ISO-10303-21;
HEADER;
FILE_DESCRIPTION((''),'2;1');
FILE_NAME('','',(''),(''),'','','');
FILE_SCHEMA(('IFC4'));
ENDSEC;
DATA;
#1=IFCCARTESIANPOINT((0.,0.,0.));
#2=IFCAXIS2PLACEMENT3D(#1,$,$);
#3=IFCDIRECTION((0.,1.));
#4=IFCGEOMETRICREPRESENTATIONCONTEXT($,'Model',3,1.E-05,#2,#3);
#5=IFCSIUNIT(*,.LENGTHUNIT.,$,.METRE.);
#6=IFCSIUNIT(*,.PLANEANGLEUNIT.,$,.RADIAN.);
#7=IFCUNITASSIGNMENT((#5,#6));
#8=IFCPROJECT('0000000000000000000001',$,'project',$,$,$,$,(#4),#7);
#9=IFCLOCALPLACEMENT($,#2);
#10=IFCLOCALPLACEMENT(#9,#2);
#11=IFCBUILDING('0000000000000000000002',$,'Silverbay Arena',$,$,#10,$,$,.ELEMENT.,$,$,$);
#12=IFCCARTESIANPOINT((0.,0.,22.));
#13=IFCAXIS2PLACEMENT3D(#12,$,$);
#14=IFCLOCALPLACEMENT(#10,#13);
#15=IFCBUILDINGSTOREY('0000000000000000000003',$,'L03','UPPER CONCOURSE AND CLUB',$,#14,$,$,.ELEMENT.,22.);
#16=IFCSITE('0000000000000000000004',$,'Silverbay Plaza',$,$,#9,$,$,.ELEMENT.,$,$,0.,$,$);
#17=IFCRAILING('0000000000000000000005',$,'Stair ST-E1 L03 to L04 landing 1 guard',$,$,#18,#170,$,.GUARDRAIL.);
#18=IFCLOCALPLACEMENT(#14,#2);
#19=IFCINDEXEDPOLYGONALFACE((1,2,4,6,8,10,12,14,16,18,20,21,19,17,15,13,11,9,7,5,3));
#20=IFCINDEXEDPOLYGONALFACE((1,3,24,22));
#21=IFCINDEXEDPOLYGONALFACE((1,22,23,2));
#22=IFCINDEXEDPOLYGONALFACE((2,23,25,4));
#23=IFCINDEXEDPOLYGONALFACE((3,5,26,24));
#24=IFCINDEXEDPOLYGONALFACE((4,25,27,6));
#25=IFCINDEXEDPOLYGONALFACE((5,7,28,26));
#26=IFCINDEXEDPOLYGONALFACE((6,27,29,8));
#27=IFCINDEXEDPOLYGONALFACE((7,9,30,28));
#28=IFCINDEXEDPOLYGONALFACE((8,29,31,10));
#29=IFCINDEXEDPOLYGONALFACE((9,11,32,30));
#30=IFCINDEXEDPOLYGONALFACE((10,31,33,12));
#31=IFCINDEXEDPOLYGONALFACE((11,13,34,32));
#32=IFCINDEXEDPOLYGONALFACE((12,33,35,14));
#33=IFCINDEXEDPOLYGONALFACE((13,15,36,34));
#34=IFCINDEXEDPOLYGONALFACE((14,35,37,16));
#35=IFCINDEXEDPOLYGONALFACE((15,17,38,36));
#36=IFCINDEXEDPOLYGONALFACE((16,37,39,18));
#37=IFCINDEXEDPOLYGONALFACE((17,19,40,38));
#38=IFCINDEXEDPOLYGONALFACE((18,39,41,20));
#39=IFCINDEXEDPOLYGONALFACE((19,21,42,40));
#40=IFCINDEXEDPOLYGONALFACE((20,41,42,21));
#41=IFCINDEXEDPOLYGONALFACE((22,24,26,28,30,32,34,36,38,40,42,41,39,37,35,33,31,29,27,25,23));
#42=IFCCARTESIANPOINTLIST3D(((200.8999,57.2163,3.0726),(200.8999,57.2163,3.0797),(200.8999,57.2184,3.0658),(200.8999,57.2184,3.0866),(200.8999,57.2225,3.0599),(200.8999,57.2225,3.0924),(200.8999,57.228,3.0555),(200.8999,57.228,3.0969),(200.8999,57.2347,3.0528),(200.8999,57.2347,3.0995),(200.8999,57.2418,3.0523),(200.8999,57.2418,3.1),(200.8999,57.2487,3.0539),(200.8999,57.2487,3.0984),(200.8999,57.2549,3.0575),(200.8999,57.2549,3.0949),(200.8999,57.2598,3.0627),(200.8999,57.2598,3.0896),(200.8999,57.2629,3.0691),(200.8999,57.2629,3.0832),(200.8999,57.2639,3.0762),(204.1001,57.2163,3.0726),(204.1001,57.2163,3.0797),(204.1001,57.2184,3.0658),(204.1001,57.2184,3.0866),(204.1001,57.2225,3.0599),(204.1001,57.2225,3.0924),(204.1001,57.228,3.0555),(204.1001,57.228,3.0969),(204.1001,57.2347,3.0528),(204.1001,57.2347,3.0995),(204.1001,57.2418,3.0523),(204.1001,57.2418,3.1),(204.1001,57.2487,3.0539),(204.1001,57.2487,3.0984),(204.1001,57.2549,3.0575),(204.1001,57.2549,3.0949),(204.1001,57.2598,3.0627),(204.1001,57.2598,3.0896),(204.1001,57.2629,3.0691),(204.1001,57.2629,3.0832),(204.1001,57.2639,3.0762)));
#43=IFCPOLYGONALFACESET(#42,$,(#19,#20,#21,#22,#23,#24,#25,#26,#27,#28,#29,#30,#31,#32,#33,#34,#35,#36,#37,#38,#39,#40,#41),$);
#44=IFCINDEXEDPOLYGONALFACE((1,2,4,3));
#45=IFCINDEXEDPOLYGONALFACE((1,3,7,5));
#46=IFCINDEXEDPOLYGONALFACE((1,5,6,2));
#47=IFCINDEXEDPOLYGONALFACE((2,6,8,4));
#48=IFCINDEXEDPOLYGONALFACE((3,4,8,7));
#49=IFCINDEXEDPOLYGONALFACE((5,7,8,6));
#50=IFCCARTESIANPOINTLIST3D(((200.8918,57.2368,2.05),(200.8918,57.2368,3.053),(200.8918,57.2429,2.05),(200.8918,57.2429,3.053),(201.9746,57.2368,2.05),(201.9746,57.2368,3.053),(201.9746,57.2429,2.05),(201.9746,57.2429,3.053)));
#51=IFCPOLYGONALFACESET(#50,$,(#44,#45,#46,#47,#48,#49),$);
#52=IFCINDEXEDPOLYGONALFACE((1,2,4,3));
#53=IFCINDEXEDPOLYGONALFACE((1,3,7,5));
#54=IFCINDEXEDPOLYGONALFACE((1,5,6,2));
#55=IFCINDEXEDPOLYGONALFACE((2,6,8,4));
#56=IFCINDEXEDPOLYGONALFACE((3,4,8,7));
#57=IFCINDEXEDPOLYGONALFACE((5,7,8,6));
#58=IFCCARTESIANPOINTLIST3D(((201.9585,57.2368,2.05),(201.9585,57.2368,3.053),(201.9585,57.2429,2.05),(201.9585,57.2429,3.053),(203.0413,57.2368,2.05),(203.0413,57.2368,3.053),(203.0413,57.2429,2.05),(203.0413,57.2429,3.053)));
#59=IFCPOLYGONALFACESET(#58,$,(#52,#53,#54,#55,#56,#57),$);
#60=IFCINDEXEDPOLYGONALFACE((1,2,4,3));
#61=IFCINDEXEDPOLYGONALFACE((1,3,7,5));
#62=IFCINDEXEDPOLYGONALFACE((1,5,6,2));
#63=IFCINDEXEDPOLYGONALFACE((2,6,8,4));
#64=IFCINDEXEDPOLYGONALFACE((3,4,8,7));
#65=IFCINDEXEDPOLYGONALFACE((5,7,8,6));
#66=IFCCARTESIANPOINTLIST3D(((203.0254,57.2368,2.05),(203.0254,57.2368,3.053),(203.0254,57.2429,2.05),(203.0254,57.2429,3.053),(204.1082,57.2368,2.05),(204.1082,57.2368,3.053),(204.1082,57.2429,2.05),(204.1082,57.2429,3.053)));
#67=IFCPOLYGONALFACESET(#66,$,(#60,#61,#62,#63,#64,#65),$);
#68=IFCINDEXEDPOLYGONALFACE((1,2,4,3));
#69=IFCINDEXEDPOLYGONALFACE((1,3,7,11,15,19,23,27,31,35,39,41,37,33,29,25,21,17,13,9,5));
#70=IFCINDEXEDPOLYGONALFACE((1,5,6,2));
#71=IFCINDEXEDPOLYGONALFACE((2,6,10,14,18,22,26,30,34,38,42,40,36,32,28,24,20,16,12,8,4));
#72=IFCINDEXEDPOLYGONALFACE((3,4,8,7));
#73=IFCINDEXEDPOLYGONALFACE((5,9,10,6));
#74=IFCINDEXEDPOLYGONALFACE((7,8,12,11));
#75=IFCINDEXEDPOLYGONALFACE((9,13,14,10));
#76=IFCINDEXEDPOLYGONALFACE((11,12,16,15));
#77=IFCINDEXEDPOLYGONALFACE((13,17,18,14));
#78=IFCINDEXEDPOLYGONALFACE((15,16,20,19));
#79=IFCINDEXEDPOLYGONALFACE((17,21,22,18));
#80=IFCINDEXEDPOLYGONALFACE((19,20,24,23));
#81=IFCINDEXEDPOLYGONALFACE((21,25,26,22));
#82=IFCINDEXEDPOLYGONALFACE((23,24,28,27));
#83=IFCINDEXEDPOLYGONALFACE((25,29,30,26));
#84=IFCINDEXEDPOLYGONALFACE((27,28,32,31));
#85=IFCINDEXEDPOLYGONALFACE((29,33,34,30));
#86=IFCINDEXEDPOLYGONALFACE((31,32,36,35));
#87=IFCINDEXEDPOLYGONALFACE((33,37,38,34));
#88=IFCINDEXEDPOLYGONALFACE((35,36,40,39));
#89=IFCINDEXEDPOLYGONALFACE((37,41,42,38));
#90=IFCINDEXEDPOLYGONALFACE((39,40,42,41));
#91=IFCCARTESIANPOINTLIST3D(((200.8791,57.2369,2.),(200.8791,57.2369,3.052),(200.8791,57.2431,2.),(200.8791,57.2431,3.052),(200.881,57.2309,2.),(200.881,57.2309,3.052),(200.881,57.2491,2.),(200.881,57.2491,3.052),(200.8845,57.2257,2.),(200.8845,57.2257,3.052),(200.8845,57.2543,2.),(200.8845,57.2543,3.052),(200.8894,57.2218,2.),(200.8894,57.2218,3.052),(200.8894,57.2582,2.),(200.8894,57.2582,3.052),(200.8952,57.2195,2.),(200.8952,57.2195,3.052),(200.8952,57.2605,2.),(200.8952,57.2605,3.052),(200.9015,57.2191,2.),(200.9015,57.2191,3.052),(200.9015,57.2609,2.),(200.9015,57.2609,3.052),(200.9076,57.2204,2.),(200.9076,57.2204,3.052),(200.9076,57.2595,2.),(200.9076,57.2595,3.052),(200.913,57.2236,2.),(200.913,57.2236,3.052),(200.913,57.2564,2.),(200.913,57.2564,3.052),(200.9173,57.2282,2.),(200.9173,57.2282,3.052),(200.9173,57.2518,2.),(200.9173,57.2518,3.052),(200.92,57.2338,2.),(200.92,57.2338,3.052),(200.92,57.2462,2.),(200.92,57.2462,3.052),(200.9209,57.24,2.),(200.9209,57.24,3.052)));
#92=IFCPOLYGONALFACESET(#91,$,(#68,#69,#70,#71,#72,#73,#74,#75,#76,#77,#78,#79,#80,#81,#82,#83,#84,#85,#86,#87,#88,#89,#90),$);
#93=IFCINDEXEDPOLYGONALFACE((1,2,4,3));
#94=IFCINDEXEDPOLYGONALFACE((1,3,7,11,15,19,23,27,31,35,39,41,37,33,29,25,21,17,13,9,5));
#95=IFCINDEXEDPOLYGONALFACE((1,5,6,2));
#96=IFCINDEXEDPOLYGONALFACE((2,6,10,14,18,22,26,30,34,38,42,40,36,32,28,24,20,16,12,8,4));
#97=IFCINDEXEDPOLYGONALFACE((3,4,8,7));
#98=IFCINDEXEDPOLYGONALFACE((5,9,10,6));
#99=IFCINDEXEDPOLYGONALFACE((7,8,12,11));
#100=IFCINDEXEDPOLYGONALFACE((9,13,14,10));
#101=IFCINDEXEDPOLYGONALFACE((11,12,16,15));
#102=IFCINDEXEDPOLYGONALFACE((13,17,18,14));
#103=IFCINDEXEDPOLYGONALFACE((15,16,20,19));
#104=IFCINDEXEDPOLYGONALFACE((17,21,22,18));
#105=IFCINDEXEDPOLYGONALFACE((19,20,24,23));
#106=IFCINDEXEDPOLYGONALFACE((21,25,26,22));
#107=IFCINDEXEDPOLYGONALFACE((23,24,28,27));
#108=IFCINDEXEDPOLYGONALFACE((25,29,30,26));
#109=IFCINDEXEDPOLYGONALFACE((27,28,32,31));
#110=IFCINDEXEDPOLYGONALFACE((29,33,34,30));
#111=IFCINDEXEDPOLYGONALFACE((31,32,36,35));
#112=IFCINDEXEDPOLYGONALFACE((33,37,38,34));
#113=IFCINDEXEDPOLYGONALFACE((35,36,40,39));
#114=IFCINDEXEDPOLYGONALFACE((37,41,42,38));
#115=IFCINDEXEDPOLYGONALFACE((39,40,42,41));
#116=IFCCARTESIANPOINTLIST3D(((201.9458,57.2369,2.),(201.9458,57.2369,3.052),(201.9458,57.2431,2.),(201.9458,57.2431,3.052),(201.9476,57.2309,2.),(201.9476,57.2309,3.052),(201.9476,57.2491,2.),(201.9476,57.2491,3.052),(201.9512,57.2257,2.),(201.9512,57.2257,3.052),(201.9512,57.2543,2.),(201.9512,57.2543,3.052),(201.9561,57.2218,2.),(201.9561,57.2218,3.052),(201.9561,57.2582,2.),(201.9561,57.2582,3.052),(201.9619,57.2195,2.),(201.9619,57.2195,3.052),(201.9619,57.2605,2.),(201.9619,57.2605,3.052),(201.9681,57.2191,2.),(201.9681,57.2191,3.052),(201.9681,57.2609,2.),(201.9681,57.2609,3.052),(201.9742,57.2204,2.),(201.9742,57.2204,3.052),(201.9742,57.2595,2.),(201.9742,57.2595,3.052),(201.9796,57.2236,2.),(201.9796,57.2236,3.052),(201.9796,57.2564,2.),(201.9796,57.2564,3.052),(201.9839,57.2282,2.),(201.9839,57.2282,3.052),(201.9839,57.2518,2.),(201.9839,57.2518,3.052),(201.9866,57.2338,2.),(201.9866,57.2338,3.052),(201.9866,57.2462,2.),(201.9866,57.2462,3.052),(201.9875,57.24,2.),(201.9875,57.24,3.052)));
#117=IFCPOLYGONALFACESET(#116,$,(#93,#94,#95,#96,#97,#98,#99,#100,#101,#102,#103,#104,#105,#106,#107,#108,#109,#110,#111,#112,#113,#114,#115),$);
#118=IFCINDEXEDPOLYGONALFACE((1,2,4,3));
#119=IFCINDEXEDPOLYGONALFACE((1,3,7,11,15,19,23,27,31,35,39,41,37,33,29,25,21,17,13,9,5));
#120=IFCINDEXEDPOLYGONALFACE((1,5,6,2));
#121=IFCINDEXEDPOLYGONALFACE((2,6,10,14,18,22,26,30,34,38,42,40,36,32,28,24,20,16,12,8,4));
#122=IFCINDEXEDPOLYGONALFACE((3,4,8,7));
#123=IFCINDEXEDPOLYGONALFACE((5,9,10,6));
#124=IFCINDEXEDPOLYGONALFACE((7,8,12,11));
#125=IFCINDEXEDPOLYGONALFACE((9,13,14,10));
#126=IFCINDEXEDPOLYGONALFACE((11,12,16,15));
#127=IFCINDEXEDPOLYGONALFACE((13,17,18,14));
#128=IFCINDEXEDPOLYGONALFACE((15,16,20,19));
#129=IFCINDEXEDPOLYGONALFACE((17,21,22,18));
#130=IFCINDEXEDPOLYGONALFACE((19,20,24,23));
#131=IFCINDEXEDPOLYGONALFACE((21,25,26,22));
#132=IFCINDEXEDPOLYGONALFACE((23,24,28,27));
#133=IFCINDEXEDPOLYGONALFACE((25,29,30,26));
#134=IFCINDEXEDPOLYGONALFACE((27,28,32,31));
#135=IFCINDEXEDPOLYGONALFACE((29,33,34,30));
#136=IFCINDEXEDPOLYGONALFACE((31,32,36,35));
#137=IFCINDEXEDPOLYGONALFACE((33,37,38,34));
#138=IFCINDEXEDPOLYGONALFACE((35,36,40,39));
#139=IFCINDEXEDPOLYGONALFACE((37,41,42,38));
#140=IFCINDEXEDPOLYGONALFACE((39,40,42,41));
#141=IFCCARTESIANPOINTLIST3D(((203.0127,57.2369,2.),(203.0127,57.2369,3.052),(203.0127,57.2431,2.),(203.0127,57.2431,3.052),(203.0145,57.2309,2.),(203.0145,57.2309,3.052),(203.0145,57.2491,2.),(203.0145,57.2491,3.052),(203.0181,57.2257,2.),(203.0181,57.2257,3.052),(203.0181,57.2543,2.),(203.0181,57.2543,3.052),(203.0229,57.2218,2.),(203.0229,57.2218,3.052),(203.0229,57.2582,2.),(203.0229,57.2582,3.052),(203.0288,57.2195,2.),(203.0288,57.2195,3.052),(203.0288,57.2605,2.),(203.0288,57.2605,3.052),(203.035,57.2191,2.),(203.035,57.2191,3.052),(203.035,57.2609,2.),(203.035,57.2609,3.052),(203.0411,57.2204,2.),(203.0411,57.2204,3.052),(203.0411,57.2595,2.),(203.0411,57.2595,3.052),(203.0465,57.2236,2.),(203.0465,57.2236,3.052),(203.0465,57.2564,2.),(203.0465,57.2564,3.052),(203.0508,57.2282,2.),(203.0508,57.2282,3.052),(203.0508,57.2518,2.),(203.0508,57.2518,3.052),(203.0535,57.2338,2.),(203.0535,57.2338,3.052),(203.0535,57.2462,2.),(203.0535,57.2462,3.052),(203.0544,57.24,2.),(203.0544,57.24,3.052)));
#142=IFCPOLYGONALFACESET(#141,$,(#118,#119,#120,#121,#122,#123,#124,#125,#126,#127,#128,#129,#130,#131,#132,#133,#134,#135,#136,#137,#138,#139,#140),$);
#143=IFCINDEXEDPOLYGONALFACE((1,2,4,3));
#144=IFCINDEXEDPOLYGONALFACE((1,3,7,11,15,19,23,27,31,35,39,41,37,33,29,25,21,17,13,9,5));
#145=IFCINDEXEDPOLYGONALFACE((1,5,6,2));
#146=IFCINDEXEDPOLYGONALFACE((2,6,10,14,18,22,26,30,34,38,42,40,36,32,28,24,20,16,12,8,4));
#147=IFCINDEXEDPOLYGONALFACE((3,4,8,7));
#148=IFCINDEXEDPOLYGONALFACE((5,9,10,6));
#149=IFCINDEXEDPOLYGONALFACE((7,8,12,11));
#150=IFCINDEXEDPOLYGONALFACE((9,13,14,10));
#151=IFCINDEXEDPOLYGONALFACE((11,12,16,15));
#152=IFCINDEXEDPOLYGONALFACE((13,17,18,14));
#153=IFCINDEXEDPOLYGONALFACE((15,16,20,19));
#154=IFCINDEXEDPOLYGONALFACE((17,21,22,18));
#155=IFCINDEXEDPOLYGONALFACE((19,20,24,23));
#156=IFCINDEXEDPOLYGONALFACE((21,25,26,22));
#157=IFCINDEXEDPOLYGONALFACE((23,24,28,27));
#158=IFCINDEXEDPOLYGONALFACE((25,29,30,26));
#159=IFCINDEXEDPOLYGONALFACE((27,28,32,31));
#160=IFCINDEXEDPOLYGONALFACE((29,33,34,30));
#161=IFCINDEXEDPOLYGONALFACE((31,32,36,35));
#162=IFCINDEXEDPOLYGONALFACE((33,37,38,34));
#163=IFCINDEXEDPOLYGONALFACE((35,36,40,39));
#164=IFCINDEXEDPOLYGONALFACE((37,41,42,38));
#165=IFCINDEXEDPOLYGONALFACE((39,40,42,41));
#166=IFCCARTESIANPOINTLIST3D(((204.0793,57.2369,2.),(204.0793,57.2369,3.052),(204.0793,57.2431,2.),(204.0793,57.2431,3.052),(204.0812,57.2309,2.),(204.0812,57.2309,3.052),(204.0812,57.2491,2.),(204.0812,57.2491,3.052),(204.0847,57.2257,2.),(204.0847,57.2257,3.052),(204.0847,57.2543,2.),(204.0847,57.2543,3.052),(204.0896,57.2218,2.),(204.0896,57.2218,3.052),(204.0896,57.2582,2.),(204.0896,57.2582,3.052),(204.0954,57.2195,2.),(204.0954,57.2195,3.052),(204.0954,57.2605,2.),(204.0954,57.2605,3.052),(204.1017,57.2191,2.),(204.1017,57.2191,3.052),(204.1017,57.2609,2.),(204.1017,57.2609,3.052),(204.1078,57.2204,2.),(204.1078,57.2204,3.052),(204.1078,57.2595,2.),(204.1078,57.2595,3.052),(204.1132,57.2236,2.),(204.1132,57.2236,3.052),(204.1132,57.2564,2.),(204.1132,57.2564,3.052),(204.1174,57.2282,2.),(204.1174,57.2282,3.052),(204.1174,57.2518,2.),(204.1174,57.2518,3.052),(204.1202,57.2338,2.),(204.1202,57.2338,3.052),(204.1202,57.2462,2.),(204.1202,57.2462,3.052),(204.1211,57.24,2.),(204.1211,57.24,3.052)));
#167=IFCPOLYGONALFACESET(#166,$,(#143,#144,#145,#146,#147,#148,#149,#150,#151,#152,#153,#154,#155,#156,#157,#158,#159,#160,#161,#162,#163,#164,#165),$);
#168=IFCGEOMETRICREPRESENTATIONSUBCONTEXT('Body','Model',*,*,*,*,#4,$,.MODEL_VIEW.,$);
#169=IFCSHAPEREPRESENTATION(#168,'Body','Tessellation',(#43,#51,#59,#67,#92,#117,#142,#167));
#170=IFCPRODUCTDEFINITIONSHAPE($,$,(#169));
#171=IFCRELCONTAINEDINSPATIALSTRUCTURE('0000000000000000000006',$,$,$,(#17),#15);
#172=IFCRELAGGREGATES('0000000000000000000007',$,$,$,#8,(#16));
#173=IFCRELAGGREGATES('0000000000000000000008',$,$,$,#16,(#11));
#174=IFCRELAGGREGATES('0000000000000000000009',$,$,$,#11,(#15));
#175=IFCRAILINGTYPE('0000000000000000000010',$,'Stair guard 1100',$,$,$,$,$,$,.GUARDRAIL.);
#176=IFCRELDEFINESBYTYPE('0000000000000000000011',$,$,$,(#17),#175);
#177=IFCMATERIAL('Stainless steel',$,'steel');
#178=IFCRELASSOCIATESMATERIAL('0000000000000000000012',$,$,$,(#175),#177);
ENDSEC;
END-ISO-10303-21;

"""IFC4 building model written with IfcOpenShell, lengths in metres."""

from ifc_helpers import new_model, si_unit, direction, frame, origin, origin_2d, place, context, subcontext, project, spatial, polyline, circle, outline, extrude, material, type_object, element, save


model = new_model("IFC4")

# Units and contexts
model_context = context("Model", 3, precision=1e-05, world=origin(), true_north=direction((0.0, 1.0)))
body_context = subcontext(model_context, "Body", "Model", "MODEL_VIEW")
ifc_project = project(units=[si_unit("LENGTHUNIT", "METRE"), si_unit("PLANEANGLEUNIT", "RADIAN")], contexts=[model_context])

# Site, building, storey
site_placement = place(None, origin())
site = spatial("IfcSite", under=ifc_project, at=site_placement, Name="Silverbay Plaza", CompositionType="ELEMENT", RefElevation=0.0)
building_placement = place(site_placement, origin())
building = spatial("IfcBuilding", under=site, at=building_placement, Name="Silverbay Arena", CompositionType="ELEMENT")
storey_placement = place(building_placement, frame((0.0, 0.0, 22.0)))
storey = spatial("IfcBuildingStorey", under=building, at=storey_placement, Name="L03", Description="UPPER CONCOURSE AND CLUB", CompositionType="ELEMENT", Elevation=22.0)

# Railing
ifc_material_1 = material(Name="Stainless steel", Category="steel")
railing_type_1 = type_object("IfcRailingType", Name="Stair guard 1100", PredefinedType="GUARDRAIL", material=ifc_material_1)
railing_1_placement = place(storey_placement, frame((200.8999, 57.24, 2.0)))
element("IfcRailing", 1, at=railing_1_placement, inside=storey, type_object=railing_type_1, Name="Stair ST-E1 L03 to L04 landing 1 guard", PredefinedType="GUARDRAIL", context=body_context, shape_type="SweptSolid", body=[
    extrude(circle(Radius=0.0239, at=origin_2d()), frame((0.0, 0.0, 1.0762), z_axis=(1.0, 0.0, 0.0), x_axis=(0.0, 1.0, 0.0)), (0.0, 0.0, 1.0), 3.2002),
    extrude(outline(polyline([(-0.0081, 0.05), (1.0747, 0.05), (1.0747, 1.053), (-0.0081, 1.053), (-0.0081, 0.05)])), frame((0.0, 0.0029, 0.0), z_axis=(0.0, -1.0, 0.0), x_axis=(1.0, 0.0, 0.0)), (0.0, 0.0, 1.0), 0.0061),
    extrude(outline(polyline([(-0.0081, 0.05), (1.0747, 0.05), (1.0747, 1.053), (-0.0081, 1.053), (-0.0081, 0.05)])), frame((1.0667, 0.0029, 0.0), z_axis=(0.0, -1.0, 0.0), x_axis=(1.0, 0.0, 0.0)), (0.0, 0.0, 1.0), 0.0061),
    extrude(outline(polyline([(-0.0081, 0.05), (1.0747, 0.05), (1.0747, 1.053), (-0.0081, 1.053), (-0.0081, 0.05)])), frame((2.1335, 0.0029, 0.0), z_axis=(0.0, -1.0, 0.0), x_axis=(1.0, 0.0, 0.0)), (0.0, 0.0, 1.0), 0.0061),
    extrude(circle(Radius=0.021, at=origin_2d()), origin(), (0.0, 0.0, 1.0), 1.052),
    extrude(circle(Radius=0.021, at=origin_2d()), frame((1.0667, 0.0, 0.0)), (0.0, 0.0, 1.0), 1.052),
    extrude(circle(Radius=0.021, at=origin_2d()), frame((2.1335, 0.0, 0.0)), (0.0, 0.0, 1.0), 1.052),
    extrude(circle(Radius=0.021, at=origin_2d()), frame((3.2002, 0.0, 0.0)), (0.0, 0.0, 1.0), 1.052),
])

save(model, "model.ifc")
